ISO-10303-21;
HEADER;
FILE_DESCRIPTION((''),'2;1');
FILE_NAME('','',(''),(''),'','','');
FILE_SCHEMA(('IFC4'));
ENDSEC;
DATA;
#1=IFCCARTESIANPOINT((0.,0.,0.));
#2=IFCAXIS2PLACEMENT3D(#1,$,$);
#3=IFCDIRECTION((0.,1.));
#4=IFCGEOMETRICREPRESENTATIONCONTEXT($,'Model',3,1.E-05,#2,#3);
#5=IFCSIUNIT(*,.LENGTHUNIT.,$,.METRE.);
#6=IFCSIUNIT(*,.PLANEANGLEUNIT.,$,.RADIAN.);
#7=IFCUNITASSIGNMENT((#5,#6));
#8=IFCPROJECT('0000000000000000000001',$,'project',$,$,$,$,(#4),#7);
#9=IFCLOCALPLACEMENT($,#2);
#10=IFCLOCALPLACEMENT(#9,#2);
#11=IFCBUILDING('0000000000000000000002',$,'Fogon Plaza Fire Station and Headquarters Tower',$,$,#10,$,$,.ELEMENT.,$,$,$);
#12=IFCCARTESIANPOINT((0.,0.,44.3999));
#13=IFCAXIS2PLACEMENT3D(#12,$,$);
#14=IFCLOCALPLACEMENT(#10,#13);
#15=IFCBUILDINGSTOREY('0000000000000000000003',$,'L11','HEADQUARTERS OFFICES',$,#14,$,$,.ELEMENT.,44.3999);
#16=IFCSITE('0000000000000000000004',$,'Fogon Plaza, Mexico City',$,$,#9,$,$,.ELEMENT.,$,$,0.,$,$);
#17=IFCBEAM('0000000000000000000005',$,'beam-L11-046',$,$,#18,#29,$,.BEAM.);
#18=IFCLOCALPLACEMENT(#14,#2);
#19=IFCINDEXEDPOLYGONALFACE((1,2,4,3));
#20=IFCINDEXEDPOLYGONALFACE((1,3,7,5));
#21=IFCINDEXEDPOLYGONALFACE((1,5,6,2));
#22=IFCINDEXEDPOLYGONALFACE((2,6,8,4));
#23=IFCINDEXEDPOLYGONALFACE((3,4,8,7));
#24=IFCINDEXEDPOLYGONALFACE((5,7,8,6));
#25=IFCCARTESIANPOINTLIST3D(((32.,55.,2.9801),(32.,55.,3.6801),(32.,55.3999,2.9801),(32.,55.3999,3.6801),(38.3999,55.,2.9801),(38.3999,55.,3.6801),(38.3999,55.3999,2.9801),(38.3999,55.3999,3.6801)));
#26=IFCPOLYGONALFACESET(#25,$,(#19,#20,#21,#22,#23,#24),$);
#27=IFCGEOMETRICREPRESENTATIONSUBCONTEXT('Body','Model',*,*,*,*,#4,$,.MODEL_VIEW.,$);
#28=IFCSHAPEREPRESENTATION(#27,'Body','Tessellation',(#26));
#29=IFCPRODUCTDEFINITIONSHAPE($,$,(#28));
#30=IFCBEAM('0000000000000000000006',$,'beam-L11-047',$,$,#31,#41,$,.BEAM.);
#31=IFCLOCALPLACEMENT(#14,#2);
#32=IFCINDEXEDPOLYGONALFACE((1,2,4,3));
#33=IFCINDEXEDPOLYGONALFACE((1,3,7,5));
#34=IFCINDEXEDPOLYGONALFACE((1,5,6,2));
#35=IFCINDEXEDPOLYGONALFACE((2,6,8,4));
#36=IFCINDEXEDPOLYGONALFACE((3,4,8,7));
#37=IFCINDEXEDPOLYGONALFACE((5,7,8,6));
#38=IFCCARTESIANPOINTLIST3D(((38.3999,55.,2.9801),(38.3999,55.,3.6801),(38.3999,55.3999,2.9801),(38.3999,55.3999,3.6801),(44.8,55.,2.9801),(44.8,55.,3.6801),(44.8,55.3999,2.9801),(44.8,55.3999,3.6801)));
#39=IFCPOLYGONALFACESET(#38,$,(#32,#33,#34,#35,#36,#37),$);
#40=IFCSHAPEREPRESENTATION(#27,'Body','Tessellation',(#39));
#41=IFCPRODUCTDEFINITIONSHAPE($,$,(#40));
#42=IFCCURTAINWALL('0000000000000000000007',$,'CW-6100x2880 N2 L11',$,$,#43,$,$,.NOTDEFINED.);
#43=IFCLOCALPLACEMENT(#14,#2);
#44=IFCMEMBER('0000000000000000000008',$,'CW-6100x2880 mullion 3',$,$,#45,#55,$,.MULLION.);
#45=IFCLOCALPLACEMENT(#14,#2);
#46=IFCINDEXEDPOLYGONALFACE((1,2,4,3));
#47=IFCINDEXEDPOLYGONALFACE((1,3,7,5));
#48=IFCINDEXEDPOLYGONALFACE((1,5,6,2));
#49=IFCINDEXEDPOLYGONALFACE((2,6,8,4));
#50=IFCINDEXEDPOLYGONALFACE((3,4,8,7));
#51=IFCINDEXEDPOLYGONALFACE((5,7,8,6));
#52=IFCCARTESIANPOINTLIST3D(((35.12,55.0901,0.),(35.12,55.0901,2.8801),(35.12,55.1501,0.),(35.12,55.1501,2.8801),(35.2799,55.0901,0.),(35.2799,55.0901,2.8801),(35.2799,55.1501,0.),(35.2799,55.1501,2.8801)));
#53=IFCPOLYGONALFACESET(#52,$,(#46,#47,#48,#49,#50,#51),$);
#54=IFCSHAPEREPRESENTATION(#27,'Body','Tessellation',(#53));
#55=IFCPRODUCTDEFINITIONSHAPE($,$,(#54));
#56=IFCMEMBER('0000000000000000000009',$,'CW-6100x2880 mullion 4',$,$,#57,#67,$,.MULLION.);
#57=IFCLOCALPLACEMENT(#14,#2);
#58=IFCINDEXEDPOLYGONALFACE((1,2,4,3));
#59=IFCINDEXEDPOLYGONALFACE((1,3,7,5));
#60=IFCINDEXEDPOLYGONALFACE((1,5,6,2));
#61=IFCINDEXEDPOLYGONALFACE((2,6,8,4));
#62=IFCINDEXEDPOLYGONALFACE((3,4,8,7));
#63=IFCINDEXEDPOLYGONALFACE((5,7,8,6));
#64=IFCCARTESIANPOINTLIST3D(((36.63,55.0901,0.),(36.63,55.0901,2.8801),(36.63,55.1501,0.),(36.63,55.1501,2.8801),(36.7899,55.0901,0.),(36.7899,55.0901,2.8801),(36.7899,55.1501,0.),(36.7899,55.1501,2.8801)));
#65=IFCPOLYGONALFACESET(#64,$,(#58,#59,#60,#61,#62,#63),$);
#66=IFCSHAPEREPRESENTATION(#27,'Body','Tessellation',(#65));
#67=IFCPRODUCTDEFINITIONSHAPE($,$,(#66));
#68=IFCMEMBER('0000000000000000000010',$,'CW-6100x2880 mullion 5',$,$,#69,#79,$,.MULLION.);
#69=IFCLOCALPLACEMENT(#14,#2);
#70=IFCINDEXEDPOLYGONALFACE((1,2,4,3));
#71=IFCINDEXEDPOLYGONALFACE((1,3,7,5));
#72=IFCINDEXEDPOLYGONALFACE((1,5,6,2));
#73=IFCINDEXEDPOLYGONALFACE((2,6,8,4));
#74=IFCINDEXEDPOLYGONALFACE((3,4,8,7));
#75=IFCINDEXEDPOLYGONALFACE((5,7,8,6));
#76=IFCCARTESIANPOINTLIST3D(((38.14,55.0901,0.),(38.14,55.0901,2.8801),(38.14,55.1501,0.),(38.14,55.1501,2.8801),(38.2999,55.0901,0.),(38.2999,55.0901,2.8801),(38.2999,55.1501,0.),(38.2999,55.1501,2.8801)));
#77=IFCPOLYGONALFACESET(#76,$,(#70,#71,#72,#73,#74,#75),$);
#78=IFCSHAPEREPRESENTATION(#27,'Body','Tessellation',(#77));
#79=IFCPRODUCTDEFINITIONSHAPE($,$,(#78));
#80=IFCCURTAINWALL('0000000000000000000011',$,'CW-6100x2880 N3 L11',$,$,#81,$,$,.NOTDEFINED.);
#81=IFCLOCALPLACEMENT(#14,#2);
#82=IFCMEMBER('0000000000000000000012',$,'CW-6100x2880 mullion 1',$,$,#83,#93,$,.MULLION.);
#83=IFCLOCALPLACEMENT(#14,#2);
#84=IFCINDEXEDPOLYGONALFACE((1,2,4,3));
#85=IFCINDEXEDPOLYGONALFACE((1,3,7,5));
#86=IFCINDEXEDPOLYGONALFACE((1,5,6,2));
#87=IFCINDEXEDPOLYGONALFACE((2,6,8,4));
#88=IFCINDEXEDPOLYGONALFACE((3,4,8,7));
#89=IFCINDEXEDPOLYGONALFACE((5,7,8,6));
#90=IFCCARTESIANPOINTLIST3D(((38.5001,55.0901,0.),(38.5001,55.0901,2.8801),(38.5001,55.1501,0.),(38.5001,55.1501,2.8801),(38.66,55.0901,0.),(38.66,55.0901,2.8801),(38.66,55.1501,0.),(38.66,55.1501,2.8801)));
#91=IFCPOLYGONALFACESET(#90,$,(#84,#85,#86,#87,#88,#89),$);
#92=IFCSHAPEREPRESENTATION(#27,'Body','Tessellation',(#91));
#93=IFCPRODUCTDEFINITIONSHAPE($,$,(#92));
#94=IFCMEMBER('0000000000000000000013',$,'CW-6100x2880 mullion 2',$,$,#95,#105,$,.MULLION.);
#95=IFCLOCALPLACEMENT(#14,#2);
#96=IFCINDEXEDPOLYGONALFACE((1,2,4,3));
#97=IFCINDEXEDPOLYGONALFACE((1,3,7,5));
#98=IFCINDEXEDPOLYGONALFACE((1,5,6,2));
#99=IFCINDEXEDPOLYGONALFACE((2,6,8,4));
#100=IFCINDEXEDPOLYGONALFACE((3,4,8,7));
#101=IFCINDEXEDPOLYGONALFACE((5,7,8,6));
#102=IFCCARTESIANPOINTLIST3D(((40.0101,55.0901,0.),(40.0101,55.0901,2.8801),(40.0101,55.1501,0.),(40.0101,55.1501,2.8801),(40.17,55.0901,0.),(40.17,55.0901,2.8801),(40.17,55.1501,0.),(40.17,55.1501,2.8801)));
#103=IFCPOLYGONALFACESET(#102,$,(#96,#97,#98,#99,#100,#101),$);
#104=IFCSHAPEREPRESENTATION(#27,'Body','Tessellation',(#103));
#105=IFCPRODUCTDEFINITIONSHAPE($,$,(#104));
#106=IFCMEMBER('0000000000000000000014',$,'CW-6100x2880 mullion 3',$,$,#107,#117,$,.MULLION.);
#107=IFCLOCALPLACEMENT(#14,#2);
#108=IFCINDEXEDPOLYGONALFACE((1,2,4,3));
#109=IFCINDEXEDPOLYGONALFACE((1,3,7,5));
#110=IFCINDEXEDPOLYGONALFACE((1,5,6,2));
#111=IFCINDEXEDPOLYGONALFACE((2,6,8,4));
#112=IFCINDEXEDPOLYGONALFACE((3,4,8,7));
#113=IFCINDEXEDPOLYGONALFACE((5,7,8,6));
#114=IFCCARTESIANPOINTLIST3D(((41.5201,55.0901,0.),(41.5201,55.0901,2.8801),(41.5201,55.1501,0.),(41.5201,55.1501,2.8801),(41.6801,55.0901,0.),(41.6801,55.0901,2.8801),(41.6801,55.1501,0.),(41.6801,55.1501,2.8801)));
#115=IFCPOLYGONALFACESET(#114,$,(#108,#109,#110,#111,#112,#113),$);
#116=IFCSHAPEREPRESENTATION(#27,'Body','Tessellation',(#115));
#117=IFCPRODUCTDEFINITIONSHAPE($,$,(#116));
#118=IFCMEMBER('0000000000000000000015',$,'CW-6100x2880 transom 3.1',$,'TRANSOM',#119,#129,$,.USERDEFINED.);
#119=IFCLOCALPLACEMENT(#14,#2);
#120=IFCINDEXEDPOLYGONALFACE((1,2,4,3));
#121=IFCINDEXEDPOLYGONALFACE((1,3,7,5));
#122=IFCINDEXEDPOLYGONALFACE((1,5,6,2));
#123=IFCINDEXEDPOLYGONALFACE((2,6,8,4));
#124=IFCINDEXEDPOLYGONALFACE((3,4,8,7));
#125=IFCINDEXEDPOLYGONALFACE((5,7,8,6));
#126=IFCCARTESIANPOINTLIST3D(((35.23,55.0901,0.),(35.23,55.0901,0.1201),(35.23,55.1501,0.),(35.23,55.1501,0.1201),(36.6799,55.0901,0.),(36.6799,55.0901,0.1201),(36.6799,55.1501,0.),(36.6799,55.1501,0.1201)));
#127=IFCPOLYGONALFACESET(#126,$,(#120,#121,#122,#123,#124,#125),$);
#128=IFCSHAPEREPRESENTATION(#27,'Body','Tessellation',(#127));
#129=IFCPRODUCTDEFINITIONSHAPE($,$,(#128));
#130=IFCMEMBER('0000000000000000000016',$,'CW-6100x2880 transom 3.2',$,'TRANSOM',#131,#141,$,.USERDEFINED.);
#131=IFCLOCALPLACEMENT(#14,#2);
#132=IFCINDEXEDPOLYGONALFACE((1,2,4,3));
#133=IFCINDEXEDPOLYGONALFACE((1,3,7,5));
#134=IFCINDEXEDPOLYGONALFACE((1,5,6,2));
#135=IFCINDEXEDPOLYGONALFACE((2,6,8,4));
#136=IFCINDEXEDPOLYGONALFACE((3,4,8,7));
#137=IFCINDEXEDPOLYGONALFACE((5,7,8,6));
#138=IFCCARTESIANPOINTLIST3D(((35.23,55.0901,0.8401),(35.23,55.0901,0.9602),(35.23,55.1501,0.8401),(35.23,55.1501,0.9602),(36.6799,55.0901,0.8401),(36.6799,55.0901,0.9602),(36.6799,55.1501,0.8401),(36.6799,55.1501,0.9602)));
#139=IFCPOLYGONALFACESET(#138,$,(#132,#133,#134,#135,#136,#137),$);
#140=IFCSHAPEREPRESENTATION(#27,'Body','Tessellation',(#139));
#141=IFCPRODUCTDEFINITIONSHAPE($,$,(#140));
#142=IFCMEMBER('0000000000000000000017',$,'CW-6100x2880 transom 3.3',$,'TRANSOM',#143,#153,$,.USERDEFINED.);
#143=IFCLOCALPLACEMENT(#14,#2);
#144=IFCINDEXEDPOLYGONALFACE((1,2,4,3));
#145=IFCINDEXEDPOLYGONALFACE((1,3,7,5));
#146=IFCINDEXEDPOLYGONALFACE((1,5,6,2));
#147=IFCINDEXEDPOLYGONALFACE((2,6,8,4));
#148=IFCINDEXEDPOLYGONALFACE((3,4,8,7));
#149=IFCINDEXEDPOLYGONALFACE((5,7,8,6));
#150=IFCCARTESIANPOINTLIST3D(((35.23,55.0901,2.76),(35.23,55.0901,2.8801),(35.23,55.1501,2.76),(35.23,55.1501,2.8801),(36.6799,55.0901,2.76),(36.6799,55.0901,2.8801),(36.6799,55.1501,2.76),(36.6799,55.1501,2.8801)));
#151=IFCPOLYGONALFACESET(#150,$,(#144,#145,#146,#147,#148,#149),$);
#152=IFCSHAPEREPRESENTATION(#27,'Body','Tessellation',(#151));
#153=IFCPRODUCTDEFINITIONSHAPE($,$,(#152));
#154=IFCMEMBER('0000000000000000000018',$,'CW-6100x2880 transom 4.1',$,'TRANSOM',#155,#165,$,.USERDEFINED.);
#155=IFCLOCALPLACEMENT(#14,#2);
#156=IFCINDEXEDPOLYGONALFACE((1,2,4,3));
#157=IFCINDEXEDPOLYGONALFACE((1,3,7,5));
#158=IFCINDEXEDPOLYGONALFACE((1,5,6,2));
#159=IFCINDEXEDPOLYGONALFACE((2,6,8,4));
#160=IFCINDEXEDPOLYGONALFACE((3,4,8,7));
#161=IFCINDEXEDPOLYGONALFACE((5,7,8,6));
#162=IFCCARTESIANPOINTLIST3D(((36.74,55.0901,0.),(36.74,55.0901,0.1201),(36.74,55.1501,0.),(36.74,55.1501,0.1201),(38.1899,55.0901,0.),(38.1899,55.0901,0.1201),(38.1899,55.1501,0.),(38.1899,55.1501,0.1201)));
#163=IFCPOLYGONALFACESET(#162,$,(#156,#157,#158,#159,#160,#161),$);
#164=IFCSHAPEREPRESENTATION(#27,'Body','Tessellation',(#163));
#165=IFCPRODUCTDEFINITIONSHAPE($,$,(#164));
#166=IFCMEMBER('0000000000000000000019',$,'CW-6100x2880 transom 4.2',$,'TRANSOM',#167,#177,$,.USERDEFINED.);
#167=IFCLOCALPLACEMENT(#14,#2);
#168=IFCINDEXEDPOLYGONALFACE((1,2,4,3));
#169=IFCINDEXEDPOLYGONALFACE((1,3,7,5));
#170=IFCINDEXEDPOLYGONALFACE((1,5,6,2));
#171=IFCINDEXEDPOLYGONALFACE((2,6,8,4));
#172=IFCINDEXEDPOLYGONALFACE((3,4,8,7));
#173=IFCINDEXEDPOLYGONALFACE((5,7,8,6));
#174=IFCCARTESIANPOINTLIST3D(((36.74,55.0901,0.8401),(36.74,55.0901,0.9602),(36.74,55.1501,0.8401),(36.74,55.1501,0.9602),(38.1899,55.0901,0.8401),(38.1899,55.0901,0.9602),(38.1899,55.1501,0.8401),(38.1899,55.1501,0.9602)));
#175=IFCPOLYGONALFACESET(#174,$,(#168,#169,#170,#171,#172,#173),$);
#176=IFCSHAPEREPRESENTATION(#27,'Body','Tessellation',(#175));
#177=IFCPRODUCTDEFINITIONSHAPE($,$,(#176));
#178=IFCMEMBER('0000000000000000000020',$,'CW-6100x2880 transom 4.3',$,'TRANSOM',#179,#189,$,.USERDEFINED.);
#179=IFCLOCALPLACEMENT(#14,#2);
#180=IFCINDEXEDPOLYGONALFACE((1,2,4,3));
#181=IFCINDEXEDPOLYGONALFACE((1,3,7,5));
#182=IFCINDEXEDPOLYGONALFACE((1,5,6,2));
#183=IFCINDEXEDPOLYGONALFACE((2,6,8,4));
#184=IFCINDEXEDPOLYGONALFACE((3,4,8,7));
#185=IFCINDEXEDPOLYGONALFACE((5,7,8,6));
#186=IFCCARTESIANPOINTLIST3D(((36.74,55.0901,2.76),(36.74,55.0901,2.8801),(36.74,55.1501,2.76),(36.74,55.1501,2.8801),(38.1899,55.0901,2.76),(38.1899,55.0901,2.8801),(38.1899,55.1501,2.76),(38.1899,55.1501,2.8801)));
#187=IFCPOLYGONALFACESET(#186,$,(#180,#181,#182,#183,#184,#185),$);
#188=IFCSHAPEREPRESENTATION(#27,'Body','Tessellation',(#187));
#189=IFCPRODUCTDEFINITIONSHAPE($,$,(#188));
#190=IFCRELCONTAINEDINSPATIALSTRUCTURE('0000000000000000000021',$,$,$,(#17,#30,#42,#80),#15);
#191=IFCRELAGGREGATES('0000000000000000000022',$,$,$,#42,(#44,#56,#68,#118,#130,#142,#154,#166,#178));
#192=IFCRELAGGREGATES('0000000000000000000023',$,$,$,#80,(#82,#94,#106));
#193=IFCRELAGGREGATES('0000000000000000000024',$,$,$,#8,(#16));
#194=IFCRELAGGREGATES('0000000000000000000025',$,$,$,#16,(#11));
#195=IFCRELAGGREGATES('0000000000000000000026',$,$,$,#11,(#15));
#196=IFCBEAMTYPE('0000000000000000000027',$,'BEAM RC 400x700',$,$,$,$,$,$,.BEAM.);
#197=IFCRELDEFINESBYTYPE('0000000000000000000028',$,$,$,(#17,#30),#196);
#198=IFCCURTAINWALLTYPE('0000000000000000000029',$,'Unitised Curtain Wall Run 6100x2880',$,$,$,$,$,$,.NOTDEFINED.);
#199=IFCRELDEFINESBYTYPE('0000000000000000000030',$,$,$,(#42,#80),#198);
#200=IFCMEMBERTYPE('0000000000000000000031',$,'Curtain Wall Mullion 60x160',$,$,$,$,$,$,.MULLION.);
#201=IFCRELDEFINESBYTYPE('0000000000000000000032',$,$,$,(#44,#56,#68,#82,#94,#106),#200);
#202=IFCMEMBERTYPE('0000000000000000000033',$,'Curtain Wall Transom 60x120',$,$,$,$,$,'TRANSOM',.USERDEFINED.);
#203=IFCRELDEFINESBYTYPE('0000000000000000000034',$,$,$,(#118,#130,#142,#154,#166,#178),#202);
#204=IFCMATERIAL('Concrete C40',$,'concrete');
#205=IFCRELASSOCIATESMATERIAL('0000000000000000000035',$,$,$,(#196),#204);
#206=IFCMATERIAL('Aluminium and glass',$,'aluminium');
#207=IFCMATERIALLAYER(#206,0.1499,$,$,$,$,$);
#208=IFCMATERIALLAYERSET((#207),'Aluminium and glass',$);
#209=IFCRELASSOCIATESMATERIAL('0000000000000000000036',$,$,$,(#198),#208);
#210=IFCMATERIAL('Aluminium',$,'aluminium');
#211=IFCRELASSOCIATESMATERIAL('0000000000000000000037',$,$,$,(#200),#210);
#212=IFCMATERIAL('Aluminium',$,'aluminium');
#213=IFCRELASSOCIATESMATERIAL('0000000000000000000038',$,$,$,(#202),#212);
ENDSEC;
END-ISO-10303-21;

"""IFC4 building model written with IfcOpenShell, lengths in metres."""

from ifc_helpers import new_model, si_unit, direction, frame, origin, origin_2d, place, context, subcontext, project, spatial, rectangle, extrude, material, layer, layer_set, material_profile, profile_set, type_object, element, aggregate, save


model = new_model("IFC4")

# Units and contexts
model_context = context("Model", 3, precision=1e-05, world=origin(), true_north=direction((0.0, 1.0)))
body_context = subcontext(model_context, "Body", "Model", "MODEL_VIEW")
ifc_project = project(units=[si_unit("LENGTHUNIT", "METRE"), si_unit("PLANEANGLEUNIT", "RADIAN")], contexts=[model_context])

# Site, building, storey
site_placement = place(None, origin())
site = spatial("IfcSite", under=ifc_project, at=site_placement, Name="Fogon Plaza, Mexico City", CompositionType="ELEMENT", RefElevation=0.0)
building_placement = place(site_placement, origin())
building = spatial("IfcBuilding", under=site, at=building_placement, Name="Fogon Plaza Fire Station and Headquarters Tower", CompositionType="ELEMENT")
storey_placement = place(building_placement, frame((0.0, 0.0, 44.3999)))
storey = spatial("IfcBuildingStorey", under=building, at=storey_placement, Name="L11", Description="HEADQUARTERS OFFICES", CompositionType="ELEMENT", Elevation=44.3999)

# Beams
ifc_material_1 = material(Name="Concrete C40", Category="concrete")
ifc_material_profile_1 = material_profile(ifc_material_1, rectangle(XDim=0.3999, YDim=0.7, at=origin_2d()), Name="RC 400x700")
ifc_profile_set_1 = profile_set([ifc_material_profile_1], Name="Concrete C40")
beam_type = type_object("IfcBeamType", Name="BEAM RC 400x700", PredefinedType="BEAM", material=ifc_profile_set_1)
beam_1_placement = place(storey_placement, frame((32.0, 55.2, 3.3301), z_axis=(1.0, 0.0, 0.0), x_axis=(0.0, 1.0, 0.0)))
element("IfcBeam", 1, at=beam_1_placement, inside=storey, type_object=beam_type, Name="beam-L11-046", PredefinedType="BEAM", context=body_context, shape_type="SweptSolid", body=[
    extrude(rectangle(XDim=0.3999, YDim=0.7, at=origin_2d()), origin(), (0.0, 0.0, 1.0), 6.3999),
])
beam_2_placement = place(storey_placement, frame((38.3999, 55.2, 3.3301), z_axis=(1.0, 0.0, 0.0), x_axis=(0.0, 1.0, 0.0)))
element("IfcBeam", 2, at=beam_2_placement, inside=storey, type_object=beam_type, Name="beam-L11-047", PredefinedType="BEAM", context=body_context, shape_type="SweptSolid", body=[
    extrude(rectangle(XDim=0.3999, YDim=0.7, at=origin_2d()), origin(), (0.0, 0.0, 1.0), 6.4001),
])

# Curtain walls, members
ifc_material_2 = material(Name="Aluminium and glass", Category="aluminium")
ifc_layer_1 = layer(ifc_material_2, 0.1499)
ifc_layer_set_1 = layer_set([ifc_layer_1], Name="Aluminium and glass")
curtain_wall_type = type_object("IfcCurtainWallType", Name="Unitised Curtain Wall Run 6100x2880", PredefinedType="NOTDEFINED", material=ifc_layer_set_1)
curtain_wall_1_placement = place(storey_placement, origin())
curtain_wall_1 = element("IfcCurtainWall", 3, at=curtain_wall_1_placement, inside=storey, type_object=curtain_wall_type, Name="CW-6100x2880 N2 L11", PredefinedType="NOTDEFINED")
ifc_material_3 = material(Name="Aluminium", Category="aluminium")
ifc_material_profile_2 = material_profile(ifc_material_3, rectangle(XDim=0.0601, YDim=0.1599, at=origin_2d()), Name="Curtain Wall Mullion 60x160")
ifc_profile_set_2 = profile_set([ifc_material_profile_2], Name="Aluminium")
member_type_1 = type_object("IfcMemberType", Name="Curtain Wall Mullion 60x160", PredefinedType="MULLION", material=ifc_profile_set_2)
member_1_placement = place(storey_placement, frame((35.2, 55.1201, 0.0), z_axis=(0.0, 0.0, 1.0), x_axis=(0.0, 1.0, 0.0)))
member_1 = element("IfcMember", 4, at=member_1_placement, type_object=member_type_1, Name="CW-6100x2880 mullion 3", PredefinedType="MULLION", context=body_context, shape_type="SweptSolid", body=[
    extrude(rectangle(XDim=0.0601, YDim=0.1599, at=origin_2d()), origin(), (0.0, 0.0, 1.0), 2.8801),
])
member_2_placement = place(storey_placement, frame((36.71, 55.1201, 0.0), z_axis=(0.0, 0.0, 1.0), x_axis=(0.0, 1.0, 0.0)))
member_2 = element("IfcMember", 5, at=member_2_placement, type_object=member_type_1, Name="CW-6100x2880 mullion 4", PredefinedType="MULLION", context=body_context, shape_type="SweptSolid", body=[
    extrude(rectangle(XDim=0.0601, YDim=0.1599, at=origin_2d()), origin(), (0.0, 0.0, 1.0), 2.8801),
])
member_3_placement = place(storey_placement, frame((38.22, 55.1201, 0.0), z_axis=(0.0, 0.0, 1.0), x_axis=(0.0, 1.0, 0.0)))
member_3 = element("IfcMember", 6, at=member_3_placement, type_object=member_type_1, Name="CW-6100x2880 mullion 5", PredefinedType="MULLION", context=body_context, shape_type="SweptSolid", body=[
    extrude(rectangle(XDim=0.0601, YDim=0.1599, at=origin_2d()), origin(), (0.0, 0.0, 1.0), 2.8801),
])
curtain_wall_2_placement = place(storey_placement, origin())
curtain_wall_2 = element("IfcCurtainWall", 7, at=curtain_wall_2_placement, inside=storey, type_object=curtain_wall_type, Name="CW-6100x2880 N3 L11", PredefinedType="NOTDEFINED")
member_4_placement = place(storey_placement, frame((38.5801, 55.1201, 0.0), z_axis=(0.0, 0.0, 1.0), x_axis=(0.0, 1.0, 0.0)))
member_4 = element("IfcMember", 8, at=member_4_placement, type_object=member_type_1, Name="CW-6100x2880 mullion 1", PredefinedType="MULLION", context=body_context, shape_type="SweptSolid", body=[
    extrude(rectangle(XDim=0.0601, YDim=0.1599, at=origin_2d()), origin(), (0.0, 0.0, 1.0), 2.8801),
])
member_5_placement = place(storey_placement, frame((40.0901, 55.1201, 0.0), z_axis=(0.0, 0.0, 1.0), x_axis=(0.0, 1.0, 0.0)))
member_5 = element("IfcMember", 9, at=member_5_placement, type_object=member_type_1, Name="CW-6100x2880 mullion 2", PredefinedType="MULLION", context=body_context, shape_type="SweptSolid", body=[
    extrude(rectangle(XDim=0.0601, YDim=0.1599, at=origin_2d()), origin(), (0.0, 0.0, 1.0), 2.8801),
])
member_6_placement = place(storey_placement, frame((41.6001, 55.1201, 0.0), z_axis=(0.0, 0.0, 1.0), x_axis=(0.0, 1.0, 0.0)))
member_6 = element("IfcMember", 10, at=member_6_placement, type_object=member_type_1, Name="CW-6100x2880 mullion 3", PredefinedType="MULLION", context=body_context, shape_type="SweptSolid", body=[
    extrude(rectangle(XDim=0.0601, YDim=0.1599, at=origin_2d()), origin(), (0.0, 0.0, 1.0), 2.8801),
])

# Members
ifc_material_4 = material(Name="Aluminium", Category="aluminium")
ifc_material_profile_3 = material_profile(ifc_material_4, rectangle(XDim=0.0601, YDim=0.1201, at=origin_2d()), Name="Curtain Wall Transom 60x120")
ifc_profile_set_3 = profile_set([ifc_material_profile_3], Name="Aluminium")
member_type_2 = type_object("IfcMemberType", Name="Curtain Wall Transom 60x120", ElementType="TRANSOM", PredefinedType="USERDEFINED", material=ifc_profile_set_3)
member_7_placement = place(storey_placement, frame((35.23, 55.1201, 0.0601), z_axis=(1.0, 0.0, 0.0), x_axis=(0.0, 1.0, 0.0)))
member_7 = element("IfcMember", 11, at=member_7_placement, type_object=member_type_2, Name="CW-6100x2880 transom 3.1", ObjectType="TRANSOM", PredefinedType="USERDEFINED", context=body_context, shape_type="SweptSolid", body=[
    extrude(rectangle(XDim=0.0601, YDim=0.1201, at=origin_2d()), origin(), (0.0, 0.0, 1.0), 1.45),
])
member_8_placement = place(storey_placement, frame((35.23, 55.1201, 0.9001), z_axis=(1.0, 0.0, 0.0), x_axis=(0.0, 1.0, 0.0)))
member_8 = element("IfcMember", 12, at=member_8_placement, type_object=member_type_2, Name="CW-6100x2880 transom 3.2", ObjectType="TRANSOM", PredefinedType="USERDEFINED", context=body_context, shape_type="SweptSolid", body=[
    extrude(rectangle(XDim=0.0601, YDim=0.1201, at=origin_2d()), origin(), (0.0, 0.0, 1.0), 1.45),
])
member_9_placement = place(storey_placement, frame((35.23, 55.1201, 2.8201), z_axis=(1.0, 0.0, 0.0), x_axis=(0.0, 1.0, 0.0)))
member_9 = element("IfcMember", 13, at=member_9_placement, type_object=member_type_2, Name="CW-6100x2880 transom 3.3", ObjectType="TRANSOM", PredefinedType="USERDEFINED", context=body_context, shape_type="SweptSolid", body=[
    extrude(rectangle(XDim=0.0601, YDim=0.1201, at=origin_2d()), origin(), (0.0, 0.0, 1.0), 1.45),
])
member_10_placement = place(storey_placement, frame((36.74, 55.1201, 0.0601), z_axis=(1.0, 0.0, 0.0), x_axis=(0.0, 1.0, 0.0)))
member_10 = element("IfcMember", 14, at=member_10_placement, type_object=member_type_2, Name="CW-6100x2880 transom 4.1", ObjectType="TRANSOM", PredefinedType="USERDEFINED", context=body_context, shape_type="SweptSolid", body=[
    extrude(rectangle(XDim=0.0601, YDim=0.1201, at=origin_2d()), origin(), (0.0, 0.0, 1.0), 1.45),
])
member_11_placement = place(storey_placement, frame((36.74, 55.1201, 0.9001), z_axis=(1.0, 0.0, 0.0), x_axis=(0.0, 1.0, 0.0)))
member_11 = element("IfcMember", 15, at=member_11_placement, type_object=member_type_2, Name="CW-6100x2880 transom 4.2", ObjectType="TRANSOM", PredefinedType="USERDEFINED", context=body_context, shape_type="SweptSolid", body=[
    extrude(rectangle(XDim=0.0601, YDim=0.1201, at=origin_2d()), origin(), (0.0, 0.0, 1.0), 1.45),
])
member_12_placement = place(storey_placement, frame((36.74, 55.1201, 2.8201), z_axis=(1.0, 0.0, 0.0), x_axis=(0.0, 1.0, 0.0)))
member_12 = element("IfcMember", 16, at=member_12_placement, type_object=member_type_2, Name="CW-6100x2880 transom 4.3", ObjectType="TRANSOM", PredefinedType="USERDEFINED", context=body_context, shape_type="SweptSolid", body=[
    extrude(rectangle(XDim=0.0601, YDim=0.1201, at=origin_2d()), origin(), (0.0, 0.0, 1.0), 1.45),
])

aggregate(curtain_wall_1, [member_1, member_2, member_3, member_7, member_8, member_9, member_10, member_11, member_12])
aggregate(curtain_wall_2, [member_4, member_5, member_6])

save(model, "model.ifc")
